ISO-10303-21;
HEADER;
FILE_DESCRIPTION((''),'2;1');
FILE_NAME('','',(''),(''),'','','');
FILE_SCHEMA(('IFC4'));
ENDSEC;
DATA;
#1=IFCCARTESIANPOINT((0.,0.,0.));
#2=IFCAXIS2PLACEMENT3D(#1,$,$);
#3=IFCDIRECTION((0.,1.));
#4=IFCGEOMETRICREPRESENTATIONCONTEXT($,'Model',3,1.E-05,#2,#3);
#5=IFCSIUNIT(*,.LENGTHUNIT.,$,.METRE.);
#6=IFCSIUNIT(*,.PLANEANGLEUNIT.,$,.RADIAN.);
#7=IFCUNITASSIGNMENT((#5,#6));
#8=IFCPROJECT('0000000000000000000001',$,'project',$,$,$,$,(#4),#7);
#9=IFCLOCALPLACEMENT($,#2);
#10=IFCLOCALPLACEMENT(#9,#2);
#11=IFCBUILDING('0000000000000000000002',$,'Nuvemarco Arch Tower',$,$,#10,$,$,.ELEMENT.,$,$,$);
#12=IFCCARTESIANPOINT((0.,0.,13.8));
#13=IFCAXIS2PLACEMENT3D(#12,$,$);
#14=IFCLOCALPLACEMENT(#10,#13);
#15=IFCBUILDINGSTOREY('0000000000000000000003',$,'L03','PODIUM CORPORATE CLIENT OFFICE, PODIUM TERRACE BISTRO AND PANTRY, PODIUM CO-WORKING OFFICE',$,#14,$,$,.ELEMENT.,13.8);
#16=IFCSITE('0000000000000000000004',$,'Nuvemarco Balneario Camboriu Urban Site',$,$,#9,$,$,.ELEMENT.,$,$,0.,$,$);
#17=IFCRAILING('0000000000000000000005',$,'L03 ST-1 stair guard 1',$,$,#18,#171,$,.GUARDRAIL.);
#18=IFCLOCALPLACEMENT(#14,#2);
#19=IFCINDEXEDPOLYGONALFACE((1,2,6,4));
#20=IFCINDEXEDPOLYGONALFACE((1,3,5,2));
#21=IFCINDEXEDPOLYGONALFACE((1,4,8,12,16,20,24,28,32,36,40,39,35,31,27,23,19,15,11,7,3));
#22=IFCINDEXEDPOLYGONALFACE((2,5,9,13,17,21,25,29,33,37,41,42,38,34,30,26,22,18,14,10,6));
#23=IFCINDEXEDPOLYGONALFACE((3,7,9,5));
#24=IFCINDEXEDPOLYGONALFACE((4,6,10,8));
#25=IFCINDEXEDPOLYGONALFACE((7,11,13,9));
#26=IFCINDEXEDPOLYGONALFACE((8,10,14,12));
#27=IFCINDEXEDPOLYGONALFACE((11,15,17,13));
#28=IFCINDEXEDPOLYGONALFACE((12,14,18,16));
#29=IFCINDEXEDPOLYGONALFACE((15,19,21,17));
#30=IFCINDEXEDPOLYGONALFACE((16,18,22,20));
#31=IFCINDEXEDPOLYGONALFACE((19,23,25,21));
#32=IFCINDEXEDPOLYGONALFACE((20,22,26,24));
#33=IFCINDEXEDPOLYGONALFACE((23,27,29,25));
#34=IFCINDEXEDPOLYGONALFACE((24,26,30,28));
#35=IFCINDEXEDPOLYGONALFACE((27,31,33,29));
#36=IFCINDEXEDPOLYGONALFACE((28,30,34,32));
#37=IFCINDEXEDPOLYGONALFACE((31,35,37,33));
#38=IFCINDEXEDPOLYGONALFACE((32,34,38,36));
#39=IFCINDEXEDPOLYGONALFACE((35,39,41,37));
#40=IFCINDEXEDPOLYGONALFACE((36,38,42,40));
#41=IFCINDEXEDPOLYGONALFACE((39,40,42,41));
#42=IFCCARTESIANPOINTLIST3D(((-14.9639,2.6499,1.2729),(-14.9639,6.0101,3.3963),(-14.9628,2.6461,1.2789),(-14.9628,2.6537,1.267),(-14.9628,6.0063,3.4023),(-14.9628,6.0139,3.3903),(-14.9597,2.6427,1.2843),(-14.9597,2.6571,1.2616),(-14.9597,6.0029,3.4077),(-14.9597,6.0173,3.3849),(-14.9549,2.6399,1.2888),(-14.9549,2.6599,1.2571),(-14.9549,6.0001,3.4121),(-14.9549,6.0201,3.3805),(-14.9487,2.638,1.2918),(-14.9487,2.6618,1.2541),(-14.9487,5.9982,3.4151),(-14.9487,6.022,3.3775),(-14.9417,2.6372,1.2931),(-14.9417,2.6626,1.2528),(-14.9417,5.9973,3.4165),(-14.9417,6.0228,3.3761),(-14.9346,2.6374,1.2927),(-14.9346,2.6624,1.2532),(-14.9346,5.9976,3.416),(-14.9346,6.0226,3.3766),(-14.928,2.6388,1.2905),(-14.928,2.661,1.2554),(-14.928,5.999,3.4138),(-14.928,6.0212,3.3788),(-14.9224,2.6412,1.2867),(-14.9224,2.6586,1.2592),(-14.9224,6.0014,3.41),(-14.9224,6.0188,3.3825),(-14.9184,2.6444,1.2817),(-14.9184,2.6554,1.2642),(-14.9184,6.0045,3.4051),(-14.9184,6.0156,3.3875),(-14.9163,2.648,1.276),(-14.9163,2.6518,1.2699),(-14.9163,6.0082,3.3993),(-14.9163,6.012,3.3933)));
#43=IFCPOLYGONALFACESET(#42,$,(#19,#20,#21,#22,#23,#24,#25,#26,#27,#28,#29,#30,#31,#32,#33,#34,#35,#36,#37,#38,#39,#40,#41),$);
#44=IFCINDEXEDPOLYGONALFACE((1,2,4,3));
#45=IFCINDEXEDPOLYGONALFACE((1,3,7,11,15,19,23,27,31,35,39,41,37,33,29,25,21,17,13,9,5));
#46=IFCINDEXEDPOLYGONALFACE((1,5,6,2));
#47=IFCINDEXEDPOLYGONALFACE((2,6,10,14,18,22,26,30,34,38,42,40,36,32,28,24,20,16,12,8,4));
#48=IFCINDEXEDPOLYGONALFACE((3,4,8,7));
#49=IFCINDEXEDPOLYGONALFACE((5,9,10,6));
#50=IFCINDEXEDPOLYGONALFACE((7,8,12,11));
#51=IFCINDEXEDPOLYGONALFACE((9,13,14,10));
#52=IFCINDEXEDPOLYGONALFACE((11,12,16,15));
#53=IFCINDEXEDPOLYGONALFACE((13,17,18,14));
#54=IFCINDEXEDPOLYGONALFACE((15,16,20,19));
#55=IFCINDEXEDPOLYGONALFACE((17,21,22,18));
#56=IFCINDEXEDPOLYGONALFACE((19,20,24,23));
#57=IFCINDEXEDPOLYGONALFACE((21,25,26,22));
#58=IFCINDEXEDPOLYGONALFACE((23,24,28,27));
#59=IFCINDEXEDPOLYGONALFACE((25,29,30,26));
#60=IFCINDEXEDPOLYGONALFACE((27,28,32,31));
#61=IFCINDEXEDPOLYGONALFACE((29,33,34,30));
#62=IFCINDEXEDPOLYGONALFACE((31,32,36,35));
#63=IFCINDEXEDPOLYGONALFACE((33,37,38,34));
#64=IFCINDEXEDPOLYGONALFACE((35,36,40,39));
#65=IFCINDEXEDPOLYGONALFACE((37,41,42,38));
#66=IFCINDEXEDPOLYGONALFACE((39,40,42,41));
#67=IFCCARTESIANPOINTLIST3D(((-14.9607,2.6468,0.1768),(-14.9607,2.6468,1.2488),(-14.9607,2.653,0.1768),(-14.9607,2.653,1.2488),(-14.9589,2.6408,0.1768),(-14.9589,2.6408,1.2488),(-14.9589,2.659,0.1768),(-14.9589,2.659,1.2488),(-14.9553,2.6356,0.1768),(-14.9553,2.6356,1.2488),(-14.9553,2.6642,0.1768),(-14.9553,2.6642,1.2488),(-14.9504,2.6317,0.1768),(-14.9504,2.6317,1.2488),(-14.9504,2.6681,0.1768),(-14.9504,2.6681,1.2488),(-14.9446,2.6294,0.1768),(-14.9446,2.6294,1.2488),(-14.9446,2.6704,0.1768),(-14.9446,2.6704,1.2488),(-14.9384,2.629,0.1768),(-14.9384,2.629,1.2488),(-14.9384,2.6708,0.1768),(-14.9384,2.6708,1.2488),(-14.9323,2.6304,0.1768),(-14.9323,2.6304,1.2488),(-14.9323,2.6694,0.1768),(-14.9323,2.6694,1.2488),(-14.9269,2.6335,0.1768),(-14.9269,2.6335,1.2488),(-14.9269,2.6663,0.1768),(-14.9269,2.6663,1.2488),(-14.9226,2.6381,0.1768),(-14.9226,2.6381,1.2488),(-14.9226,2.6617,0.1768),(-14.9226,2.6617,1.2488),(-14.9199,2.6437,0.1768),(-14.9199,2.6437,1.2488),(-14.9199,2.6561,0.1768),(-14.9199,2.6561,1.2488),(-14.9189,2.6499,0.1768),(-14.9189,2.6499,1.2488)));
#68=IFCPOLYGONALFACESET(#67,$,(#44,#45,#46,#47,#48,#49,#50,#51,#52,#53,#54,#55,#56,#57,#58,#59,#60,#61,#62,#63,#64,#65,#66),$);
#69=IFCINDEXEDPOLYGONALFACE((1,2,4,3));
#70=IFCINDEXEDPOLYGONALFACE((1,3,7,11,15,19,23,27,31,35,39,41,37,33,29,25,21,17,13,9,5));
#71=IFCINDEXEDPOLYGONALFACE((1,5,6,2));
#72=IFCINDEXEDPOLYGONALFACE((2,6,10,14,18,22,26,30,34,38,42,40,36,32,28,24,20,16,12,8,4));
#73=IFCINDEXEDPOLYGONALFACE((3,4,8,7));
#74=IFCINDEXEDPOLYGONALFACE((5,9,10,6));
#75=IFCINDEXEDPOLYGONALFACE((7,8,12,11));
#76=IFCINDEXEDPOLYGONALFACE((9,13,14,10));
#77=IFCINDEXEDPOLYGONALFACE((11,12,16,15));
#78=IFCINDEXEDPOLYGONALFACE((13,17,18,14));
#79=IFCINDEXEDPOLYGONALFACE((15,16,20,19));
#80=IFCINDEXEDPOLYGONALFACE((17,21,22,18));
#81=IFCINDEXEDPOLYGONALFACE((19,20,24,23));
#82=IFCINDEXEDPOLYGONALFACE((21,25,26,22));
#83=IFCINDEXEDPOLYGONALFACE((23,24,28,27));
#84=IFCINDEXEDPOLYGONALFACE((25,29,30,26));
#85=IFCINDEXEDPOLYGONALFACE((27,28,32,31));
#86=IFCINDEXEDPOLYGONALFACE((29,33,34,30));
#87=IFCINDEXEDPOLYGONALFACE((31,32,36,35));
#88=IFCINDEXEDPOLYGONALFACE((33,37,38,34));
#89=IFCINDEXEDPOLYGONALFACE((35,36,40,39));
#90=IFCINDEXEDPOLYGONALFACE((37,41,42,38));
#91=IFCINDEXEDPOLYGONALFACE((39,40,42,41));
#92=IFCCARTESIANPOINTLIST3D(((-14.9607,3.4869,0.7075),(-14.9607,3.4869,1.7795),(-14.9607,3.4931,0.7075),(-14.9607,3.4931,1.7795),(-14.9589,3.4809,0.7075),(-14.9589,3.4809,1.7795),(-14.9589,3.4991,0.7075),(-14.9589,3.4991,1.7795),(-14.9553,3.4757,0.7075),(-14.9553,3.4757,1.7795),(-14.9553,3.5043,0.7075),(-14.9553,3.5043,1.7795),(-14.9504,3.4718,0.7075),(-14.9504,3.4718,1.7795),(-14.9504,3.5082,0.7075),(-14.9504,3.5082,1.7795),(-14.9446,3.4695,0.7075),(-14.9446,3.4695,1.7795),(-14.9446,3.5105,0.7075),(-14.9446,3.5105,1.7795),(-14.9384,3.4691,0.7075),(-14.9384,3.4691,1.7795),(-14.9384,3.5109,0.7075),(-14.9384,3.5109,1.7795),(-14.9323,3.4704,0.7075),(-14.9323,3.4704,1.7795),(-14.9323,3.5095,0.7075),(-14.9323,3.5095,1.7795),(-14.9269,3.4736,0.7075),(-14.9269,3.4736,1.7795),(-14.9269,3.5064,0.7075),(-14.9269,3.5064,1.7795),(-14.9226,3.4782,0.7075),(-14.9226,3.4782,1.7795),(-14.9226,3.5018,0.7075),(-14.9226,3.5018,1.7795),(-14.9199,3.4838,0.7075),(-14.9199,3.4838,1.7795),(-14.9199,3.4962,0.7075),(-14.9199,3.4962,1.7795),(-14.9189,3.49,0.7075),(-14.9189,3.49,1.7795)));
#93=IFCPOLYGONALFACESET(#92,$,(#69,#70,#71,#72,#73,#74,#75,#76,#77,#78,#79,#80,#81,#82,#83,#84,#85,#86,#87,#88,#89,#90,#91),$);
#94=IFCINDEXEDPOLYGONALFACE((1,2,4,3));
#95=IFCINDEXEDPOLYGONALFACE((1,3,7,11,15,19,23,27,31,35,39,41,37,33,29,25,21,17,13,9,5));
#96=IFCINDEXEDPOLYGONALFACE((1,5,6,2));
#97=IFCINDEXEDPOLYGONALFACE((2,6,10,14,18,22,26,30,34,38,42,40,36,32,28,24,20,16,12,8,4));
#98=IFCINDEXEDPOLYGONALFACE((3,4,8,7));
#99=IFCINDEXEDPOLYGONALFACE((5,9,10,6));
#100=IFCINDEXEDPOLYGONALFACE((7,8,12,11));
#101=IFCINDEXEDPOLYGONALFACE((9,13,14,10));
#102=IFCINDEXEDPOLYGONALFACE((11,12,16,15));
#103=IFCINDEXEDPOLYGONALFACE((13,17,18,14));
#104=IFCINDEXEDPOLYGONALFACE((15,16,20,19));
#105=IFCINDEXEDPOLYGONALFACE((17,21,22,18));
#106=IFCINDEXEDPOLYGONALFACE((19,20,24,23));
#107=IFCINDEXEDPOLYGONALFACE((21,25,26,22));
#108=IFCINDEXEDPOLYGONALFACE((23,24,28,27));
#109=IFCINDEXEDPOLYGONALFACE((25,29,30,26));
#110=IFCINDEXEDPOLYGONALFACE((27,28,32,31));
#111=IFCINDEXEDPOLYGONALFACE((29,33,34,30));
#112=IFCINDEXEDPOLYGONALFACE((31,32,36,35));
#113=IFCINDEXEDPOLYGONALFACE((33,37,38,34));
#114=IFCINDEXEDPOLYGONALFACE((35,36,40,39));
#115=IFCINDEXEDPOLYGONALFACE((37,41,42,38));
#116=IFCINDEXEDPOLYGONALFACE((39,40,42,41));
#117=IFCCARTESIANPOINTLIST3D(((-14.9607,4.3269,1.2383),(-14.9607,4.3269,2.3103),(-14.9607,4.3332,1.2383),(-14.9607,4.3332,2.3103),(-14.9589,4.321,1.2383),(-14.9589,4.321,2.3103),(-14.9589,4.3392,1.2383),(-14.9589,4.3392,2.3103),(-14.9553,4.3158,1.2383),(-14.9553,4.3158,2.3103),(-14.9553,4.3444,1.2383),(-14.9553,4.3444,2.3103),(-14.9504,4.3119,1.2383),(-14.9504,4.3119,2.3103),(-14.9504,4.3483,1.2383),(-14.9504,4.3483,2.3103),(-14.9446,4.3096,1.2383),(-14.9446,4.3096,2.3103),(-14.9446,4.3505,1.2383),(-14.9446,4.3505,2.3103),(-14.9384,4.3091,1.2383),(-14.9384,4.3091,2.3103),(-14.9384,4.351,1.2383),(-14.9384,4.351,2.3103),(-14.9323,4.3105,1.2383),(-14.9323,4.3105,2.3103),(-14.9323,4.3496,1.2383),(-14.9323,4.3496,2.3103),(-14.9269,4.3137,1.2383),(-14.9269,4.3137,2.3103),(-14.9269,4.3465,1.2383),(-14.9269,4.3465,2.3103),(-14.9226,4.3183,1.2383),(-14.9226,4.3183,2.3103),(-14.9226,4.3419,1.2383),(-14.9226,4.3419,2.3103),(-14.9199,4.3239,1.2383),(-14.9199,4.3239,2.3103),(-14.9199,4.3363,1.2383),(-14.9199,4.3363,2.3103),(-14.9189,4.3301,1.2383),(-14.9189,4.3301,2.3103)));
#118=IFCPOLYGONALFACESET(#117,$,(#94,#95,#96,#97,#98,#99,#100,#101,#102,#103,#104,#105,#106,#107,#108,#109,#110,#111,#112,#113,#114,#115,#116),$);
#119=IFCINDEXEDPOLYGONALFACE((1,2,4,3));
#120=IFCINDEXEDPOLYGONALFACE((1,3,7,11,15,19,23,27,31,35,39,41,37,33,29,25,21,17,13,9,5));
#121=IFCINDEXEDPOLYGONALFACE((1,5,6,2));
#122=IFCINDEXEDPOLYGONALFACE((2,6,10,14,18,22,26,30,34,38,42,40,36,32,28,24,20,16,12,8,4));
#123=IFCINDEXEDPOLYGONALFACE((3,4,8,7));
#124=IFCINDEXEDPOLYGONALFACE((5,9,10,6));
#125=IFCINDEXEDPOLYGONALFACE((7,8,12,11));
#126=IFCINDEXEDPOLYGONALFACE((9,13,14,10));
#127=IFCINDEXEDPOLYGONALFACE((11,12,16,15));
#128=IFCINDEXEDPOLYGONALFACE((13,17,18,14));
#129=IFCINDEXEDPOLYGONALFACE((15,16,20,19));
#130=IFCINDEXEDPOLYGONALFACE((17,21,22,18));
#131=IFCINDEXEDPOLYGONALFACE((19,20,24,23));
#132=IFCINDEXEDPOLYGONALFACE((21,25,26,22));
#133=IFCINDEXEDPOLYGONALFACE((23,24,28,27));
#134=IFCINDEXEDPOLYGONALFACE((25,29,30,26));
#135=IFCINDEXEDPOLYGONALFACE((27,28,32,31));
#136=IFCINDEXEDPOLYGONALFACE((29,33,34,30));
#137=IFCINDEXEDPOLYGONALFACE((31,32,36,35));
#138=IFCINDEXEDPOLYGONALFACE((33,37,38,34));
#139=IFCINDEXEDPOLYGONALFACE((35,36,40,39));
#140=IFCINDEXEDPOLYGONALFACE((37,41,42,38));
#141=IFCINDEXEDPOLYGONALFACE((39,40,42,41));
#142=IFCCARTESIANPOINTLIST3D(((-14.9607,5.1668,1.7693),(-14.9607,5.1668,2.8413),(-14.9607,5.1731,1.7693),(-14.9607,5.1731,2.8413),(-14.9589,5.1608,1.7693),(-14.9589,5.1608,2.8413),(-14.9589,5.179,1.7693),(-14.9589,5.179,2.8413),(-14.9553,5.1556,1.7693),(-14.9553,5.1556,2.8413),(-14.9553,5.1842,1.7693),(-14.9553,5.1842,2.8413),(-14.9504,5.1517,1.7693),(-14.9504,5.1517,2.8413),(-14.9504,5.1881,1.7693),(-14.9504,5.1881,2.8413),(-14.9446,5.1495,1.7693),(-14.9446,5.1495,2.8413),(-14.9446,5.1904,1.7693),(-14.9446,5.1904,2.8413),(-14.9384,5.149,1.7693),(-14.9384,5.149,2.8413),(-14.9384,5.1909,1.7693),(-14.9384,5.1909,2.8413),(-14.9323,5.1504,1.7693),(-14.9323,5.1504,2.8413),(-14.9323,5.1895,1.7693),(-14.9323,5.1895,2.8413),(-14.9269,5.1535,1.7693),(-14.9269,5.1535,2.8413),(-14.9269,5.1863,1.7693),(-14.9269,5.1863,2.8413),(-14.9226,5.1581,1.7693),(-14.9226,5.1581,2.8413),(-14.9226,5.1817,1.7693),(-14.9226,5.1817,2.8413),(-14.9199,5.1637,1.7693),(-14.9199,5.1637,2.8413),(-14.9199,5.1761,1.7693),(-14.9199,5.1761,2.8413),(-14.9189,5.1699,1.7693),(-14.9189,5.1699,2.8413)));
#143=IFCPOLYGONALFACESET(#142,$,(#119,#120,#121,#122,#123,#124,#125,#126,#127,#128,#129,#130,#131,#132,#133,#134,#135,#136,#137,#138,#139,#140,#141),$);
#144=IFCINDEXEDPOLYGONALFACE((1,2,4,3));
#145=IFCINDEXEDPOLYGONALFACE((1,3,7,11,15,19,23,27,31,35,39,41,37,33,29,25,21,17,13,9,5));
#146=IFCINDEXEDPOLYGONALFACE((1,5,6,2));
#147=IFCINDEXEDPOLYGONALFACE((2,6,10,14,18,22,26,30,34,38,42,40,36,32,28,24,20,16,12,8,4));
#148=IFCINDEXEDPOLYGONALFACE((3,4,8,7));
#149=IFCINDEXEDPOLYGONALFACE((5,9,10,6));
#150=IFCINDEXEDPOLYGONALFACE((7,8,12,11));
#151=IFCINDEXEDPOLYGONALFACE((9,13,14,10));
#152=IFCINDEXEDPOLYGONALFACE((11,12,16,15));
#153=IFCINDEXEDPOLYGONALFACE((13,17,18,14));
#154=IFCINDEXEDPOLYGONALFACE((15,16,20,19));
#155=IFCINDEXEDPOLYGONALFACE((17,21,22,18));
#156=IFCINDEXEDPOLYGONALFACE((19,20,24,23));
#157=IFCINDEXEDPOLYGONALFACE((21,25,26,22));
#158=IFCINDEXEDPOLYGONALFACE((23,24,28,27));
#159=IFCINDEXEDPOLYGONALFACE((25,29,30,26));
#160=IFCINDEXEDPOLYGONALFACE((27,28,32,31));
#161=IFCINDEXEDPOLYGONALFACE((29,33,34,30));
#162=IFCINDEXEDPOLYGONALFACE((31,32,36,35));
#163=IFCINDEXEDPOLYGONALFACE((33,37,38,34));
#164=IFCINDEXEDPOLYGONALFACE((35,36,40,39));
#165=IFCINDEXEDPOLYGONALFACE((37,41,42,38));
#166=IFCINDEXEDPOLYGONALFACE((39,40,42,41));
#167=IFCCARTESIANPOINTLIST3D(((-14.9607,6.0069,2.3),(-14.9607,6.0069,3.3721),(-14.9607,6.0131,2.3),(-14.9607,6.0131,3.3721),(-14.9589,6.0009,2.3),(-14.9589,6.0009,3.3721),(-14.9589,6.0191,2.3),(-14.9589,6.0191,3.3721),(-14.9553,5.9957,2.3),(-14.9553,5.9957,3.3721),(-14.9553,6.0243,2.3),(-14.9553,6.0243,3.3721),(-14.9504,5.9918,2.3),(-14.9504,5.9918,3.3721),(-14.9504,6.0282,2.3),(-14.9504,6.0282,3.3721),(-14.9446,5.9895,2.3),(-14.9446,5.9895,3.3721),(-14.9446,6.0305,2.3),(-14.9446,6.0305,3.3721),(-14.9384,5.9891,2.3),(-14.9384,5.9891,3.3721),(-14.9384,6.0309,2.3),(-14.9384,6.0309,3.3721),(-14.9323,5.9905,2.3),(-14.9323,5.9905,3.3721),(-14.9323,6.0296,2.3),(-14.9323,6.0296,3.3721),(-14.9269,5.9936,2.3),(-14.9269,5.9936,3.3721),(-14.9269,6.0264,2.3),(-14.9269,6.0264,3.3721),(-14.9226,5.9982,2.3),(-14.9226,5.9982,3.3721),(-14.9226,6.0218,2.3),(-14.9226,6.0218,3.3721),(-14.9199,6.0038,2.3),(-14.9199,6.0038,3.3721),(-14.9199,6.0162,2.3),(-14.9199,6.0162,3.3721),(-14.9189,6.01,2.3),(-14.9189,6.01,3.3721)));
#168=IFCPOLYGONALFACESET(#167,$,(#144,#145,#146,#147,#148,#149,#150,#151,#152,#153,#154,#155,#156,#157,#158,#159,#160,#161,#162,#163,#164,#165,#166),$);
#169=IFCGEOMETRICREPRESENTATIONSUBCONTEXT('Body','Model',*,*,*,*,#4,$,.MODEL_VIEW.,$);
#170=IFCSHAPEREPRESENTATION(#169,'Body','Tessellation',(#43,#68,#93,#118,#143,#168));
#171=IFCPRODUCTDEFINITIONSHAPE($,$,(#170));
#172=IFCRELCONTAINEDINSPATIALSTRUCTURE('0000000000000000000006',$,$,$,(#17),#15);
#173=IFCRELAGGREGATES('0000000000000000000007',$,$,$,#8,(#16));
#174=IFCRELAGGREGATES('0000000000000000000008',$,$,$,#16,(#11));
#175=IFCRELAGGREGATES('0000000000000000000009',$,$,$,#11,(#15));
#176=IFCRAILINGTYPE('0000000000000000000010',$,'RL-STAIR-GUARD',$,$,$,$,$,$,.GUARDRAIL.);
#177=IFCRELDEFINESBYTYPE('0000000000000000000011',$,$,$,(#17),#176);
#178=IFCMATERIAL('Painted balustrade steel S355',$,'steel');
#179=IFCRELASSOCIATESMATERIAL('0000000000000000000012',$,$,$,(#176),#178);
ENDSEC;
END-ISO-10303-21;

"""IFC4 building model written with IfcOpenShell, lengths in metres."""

from ifc_helpers import new_model, si_unit, direction, frame, origin, origin_2d, place, context, subcontext, project, spatial, circle, extrude, material, type_object, element, save


model = new_model("IFC4")

# Units and contexts
model_context = context("Model", 3, precision=1e-05, world=origin(), true_north=direction((0.0, 1.0)))
body_context = subcontext(model_context, "Body", "Model", "MODEL_VIEW")
ifc_project = project(units=[si_unit("LENGTHUNIT", "METRE"), si_unit("PLANEANGLEUNIT", "RADIAN")], contexts=[model_context])

# Site, building, storey
site_placement = place(None, origin())
site = spatial("IfcSite", under=ifc_project, at=site_placement, Name="Nuvemarco Balneario Camboriu Urban Site", CompositionType="ELEMENT", RefElevation=0.0)
building_placement = place(site_placement, origin())
building = spatial("IfcBuilding", under=site, at=building_placement, Name="Nuvemarco Arch Tower", CompositionType="ELEMENT")
storey_placement = place(building_placement, frame((0.0, 0.0, 13.8)))
storey = spatial("IfcBuildingStorey", under=building, at=storey_placement, Name="L03", Description="PODIUM CORPORATE CLIENT OFFICE, PODIUM TERRACE BISTRO AND PANTRY, PODIUM CO-WORKING OFFICE", CompositionType="ELEMENT", Elevation=13.8)

# Railing
ifc_material_1 = material(Name="Painted balustrade steel S355", Category="steel")
railing_type_1 = type_object("IfcRailingType", Name="RL-STAIR-GUARD", PredefinedType="GUARDRAIL", material=ifc_material_1)
railing_1_placement = place(storey_placement, frame((-14.9399, 2.6499, 0.1768)))
element("IfcRailing", 1, at=railing_1_placement, inside=storey, type_object=railing_type_1, Name="L03 ST-1 stair guard 1", PredefinedType="GUARDRAIL", context=body_context, shape_type="SweptSolid", body=[
    extrude(circle(Radius=0.0239, at=origin_2d()), frame((0.0, 0.0, 1.0962), z_axis=(0.0, 0.845362, 0.534194), x_axis=(-1.0, 0.0, 0.0)), (0.0, 0.0, 1.0), 3.9749),
    extrude(circle(Radius=0.021, at=origin_2d()), origin(), (0.0, 0.0, 1.0), 1.072),
    extrude(circle(Radius=0.021, at=origin_2d()), frame((0.0, 0.8401, 0.5308)), (0.0, 0.0, 1.0), 1.072),
    extrude(circle(Radius=0.021, at=origin_2d()), frame((0.0, 1.6802, 1.0615)), (0.0, 0.0, 1.0), 1.072),
    extrude(circle(Radius=0.021, at=origin_2d()), frame((0.0, 2.52, 1.5925)), (0.0, 0.0, 1.0), 1.072),
    extrude(circle(Radius=0.021, at=origin_2d()), frame((0.0, 3.3601, 2.1233)), (0.0, 0.0, 1.0), 1.072),
])

save(model, "model.ifc")
